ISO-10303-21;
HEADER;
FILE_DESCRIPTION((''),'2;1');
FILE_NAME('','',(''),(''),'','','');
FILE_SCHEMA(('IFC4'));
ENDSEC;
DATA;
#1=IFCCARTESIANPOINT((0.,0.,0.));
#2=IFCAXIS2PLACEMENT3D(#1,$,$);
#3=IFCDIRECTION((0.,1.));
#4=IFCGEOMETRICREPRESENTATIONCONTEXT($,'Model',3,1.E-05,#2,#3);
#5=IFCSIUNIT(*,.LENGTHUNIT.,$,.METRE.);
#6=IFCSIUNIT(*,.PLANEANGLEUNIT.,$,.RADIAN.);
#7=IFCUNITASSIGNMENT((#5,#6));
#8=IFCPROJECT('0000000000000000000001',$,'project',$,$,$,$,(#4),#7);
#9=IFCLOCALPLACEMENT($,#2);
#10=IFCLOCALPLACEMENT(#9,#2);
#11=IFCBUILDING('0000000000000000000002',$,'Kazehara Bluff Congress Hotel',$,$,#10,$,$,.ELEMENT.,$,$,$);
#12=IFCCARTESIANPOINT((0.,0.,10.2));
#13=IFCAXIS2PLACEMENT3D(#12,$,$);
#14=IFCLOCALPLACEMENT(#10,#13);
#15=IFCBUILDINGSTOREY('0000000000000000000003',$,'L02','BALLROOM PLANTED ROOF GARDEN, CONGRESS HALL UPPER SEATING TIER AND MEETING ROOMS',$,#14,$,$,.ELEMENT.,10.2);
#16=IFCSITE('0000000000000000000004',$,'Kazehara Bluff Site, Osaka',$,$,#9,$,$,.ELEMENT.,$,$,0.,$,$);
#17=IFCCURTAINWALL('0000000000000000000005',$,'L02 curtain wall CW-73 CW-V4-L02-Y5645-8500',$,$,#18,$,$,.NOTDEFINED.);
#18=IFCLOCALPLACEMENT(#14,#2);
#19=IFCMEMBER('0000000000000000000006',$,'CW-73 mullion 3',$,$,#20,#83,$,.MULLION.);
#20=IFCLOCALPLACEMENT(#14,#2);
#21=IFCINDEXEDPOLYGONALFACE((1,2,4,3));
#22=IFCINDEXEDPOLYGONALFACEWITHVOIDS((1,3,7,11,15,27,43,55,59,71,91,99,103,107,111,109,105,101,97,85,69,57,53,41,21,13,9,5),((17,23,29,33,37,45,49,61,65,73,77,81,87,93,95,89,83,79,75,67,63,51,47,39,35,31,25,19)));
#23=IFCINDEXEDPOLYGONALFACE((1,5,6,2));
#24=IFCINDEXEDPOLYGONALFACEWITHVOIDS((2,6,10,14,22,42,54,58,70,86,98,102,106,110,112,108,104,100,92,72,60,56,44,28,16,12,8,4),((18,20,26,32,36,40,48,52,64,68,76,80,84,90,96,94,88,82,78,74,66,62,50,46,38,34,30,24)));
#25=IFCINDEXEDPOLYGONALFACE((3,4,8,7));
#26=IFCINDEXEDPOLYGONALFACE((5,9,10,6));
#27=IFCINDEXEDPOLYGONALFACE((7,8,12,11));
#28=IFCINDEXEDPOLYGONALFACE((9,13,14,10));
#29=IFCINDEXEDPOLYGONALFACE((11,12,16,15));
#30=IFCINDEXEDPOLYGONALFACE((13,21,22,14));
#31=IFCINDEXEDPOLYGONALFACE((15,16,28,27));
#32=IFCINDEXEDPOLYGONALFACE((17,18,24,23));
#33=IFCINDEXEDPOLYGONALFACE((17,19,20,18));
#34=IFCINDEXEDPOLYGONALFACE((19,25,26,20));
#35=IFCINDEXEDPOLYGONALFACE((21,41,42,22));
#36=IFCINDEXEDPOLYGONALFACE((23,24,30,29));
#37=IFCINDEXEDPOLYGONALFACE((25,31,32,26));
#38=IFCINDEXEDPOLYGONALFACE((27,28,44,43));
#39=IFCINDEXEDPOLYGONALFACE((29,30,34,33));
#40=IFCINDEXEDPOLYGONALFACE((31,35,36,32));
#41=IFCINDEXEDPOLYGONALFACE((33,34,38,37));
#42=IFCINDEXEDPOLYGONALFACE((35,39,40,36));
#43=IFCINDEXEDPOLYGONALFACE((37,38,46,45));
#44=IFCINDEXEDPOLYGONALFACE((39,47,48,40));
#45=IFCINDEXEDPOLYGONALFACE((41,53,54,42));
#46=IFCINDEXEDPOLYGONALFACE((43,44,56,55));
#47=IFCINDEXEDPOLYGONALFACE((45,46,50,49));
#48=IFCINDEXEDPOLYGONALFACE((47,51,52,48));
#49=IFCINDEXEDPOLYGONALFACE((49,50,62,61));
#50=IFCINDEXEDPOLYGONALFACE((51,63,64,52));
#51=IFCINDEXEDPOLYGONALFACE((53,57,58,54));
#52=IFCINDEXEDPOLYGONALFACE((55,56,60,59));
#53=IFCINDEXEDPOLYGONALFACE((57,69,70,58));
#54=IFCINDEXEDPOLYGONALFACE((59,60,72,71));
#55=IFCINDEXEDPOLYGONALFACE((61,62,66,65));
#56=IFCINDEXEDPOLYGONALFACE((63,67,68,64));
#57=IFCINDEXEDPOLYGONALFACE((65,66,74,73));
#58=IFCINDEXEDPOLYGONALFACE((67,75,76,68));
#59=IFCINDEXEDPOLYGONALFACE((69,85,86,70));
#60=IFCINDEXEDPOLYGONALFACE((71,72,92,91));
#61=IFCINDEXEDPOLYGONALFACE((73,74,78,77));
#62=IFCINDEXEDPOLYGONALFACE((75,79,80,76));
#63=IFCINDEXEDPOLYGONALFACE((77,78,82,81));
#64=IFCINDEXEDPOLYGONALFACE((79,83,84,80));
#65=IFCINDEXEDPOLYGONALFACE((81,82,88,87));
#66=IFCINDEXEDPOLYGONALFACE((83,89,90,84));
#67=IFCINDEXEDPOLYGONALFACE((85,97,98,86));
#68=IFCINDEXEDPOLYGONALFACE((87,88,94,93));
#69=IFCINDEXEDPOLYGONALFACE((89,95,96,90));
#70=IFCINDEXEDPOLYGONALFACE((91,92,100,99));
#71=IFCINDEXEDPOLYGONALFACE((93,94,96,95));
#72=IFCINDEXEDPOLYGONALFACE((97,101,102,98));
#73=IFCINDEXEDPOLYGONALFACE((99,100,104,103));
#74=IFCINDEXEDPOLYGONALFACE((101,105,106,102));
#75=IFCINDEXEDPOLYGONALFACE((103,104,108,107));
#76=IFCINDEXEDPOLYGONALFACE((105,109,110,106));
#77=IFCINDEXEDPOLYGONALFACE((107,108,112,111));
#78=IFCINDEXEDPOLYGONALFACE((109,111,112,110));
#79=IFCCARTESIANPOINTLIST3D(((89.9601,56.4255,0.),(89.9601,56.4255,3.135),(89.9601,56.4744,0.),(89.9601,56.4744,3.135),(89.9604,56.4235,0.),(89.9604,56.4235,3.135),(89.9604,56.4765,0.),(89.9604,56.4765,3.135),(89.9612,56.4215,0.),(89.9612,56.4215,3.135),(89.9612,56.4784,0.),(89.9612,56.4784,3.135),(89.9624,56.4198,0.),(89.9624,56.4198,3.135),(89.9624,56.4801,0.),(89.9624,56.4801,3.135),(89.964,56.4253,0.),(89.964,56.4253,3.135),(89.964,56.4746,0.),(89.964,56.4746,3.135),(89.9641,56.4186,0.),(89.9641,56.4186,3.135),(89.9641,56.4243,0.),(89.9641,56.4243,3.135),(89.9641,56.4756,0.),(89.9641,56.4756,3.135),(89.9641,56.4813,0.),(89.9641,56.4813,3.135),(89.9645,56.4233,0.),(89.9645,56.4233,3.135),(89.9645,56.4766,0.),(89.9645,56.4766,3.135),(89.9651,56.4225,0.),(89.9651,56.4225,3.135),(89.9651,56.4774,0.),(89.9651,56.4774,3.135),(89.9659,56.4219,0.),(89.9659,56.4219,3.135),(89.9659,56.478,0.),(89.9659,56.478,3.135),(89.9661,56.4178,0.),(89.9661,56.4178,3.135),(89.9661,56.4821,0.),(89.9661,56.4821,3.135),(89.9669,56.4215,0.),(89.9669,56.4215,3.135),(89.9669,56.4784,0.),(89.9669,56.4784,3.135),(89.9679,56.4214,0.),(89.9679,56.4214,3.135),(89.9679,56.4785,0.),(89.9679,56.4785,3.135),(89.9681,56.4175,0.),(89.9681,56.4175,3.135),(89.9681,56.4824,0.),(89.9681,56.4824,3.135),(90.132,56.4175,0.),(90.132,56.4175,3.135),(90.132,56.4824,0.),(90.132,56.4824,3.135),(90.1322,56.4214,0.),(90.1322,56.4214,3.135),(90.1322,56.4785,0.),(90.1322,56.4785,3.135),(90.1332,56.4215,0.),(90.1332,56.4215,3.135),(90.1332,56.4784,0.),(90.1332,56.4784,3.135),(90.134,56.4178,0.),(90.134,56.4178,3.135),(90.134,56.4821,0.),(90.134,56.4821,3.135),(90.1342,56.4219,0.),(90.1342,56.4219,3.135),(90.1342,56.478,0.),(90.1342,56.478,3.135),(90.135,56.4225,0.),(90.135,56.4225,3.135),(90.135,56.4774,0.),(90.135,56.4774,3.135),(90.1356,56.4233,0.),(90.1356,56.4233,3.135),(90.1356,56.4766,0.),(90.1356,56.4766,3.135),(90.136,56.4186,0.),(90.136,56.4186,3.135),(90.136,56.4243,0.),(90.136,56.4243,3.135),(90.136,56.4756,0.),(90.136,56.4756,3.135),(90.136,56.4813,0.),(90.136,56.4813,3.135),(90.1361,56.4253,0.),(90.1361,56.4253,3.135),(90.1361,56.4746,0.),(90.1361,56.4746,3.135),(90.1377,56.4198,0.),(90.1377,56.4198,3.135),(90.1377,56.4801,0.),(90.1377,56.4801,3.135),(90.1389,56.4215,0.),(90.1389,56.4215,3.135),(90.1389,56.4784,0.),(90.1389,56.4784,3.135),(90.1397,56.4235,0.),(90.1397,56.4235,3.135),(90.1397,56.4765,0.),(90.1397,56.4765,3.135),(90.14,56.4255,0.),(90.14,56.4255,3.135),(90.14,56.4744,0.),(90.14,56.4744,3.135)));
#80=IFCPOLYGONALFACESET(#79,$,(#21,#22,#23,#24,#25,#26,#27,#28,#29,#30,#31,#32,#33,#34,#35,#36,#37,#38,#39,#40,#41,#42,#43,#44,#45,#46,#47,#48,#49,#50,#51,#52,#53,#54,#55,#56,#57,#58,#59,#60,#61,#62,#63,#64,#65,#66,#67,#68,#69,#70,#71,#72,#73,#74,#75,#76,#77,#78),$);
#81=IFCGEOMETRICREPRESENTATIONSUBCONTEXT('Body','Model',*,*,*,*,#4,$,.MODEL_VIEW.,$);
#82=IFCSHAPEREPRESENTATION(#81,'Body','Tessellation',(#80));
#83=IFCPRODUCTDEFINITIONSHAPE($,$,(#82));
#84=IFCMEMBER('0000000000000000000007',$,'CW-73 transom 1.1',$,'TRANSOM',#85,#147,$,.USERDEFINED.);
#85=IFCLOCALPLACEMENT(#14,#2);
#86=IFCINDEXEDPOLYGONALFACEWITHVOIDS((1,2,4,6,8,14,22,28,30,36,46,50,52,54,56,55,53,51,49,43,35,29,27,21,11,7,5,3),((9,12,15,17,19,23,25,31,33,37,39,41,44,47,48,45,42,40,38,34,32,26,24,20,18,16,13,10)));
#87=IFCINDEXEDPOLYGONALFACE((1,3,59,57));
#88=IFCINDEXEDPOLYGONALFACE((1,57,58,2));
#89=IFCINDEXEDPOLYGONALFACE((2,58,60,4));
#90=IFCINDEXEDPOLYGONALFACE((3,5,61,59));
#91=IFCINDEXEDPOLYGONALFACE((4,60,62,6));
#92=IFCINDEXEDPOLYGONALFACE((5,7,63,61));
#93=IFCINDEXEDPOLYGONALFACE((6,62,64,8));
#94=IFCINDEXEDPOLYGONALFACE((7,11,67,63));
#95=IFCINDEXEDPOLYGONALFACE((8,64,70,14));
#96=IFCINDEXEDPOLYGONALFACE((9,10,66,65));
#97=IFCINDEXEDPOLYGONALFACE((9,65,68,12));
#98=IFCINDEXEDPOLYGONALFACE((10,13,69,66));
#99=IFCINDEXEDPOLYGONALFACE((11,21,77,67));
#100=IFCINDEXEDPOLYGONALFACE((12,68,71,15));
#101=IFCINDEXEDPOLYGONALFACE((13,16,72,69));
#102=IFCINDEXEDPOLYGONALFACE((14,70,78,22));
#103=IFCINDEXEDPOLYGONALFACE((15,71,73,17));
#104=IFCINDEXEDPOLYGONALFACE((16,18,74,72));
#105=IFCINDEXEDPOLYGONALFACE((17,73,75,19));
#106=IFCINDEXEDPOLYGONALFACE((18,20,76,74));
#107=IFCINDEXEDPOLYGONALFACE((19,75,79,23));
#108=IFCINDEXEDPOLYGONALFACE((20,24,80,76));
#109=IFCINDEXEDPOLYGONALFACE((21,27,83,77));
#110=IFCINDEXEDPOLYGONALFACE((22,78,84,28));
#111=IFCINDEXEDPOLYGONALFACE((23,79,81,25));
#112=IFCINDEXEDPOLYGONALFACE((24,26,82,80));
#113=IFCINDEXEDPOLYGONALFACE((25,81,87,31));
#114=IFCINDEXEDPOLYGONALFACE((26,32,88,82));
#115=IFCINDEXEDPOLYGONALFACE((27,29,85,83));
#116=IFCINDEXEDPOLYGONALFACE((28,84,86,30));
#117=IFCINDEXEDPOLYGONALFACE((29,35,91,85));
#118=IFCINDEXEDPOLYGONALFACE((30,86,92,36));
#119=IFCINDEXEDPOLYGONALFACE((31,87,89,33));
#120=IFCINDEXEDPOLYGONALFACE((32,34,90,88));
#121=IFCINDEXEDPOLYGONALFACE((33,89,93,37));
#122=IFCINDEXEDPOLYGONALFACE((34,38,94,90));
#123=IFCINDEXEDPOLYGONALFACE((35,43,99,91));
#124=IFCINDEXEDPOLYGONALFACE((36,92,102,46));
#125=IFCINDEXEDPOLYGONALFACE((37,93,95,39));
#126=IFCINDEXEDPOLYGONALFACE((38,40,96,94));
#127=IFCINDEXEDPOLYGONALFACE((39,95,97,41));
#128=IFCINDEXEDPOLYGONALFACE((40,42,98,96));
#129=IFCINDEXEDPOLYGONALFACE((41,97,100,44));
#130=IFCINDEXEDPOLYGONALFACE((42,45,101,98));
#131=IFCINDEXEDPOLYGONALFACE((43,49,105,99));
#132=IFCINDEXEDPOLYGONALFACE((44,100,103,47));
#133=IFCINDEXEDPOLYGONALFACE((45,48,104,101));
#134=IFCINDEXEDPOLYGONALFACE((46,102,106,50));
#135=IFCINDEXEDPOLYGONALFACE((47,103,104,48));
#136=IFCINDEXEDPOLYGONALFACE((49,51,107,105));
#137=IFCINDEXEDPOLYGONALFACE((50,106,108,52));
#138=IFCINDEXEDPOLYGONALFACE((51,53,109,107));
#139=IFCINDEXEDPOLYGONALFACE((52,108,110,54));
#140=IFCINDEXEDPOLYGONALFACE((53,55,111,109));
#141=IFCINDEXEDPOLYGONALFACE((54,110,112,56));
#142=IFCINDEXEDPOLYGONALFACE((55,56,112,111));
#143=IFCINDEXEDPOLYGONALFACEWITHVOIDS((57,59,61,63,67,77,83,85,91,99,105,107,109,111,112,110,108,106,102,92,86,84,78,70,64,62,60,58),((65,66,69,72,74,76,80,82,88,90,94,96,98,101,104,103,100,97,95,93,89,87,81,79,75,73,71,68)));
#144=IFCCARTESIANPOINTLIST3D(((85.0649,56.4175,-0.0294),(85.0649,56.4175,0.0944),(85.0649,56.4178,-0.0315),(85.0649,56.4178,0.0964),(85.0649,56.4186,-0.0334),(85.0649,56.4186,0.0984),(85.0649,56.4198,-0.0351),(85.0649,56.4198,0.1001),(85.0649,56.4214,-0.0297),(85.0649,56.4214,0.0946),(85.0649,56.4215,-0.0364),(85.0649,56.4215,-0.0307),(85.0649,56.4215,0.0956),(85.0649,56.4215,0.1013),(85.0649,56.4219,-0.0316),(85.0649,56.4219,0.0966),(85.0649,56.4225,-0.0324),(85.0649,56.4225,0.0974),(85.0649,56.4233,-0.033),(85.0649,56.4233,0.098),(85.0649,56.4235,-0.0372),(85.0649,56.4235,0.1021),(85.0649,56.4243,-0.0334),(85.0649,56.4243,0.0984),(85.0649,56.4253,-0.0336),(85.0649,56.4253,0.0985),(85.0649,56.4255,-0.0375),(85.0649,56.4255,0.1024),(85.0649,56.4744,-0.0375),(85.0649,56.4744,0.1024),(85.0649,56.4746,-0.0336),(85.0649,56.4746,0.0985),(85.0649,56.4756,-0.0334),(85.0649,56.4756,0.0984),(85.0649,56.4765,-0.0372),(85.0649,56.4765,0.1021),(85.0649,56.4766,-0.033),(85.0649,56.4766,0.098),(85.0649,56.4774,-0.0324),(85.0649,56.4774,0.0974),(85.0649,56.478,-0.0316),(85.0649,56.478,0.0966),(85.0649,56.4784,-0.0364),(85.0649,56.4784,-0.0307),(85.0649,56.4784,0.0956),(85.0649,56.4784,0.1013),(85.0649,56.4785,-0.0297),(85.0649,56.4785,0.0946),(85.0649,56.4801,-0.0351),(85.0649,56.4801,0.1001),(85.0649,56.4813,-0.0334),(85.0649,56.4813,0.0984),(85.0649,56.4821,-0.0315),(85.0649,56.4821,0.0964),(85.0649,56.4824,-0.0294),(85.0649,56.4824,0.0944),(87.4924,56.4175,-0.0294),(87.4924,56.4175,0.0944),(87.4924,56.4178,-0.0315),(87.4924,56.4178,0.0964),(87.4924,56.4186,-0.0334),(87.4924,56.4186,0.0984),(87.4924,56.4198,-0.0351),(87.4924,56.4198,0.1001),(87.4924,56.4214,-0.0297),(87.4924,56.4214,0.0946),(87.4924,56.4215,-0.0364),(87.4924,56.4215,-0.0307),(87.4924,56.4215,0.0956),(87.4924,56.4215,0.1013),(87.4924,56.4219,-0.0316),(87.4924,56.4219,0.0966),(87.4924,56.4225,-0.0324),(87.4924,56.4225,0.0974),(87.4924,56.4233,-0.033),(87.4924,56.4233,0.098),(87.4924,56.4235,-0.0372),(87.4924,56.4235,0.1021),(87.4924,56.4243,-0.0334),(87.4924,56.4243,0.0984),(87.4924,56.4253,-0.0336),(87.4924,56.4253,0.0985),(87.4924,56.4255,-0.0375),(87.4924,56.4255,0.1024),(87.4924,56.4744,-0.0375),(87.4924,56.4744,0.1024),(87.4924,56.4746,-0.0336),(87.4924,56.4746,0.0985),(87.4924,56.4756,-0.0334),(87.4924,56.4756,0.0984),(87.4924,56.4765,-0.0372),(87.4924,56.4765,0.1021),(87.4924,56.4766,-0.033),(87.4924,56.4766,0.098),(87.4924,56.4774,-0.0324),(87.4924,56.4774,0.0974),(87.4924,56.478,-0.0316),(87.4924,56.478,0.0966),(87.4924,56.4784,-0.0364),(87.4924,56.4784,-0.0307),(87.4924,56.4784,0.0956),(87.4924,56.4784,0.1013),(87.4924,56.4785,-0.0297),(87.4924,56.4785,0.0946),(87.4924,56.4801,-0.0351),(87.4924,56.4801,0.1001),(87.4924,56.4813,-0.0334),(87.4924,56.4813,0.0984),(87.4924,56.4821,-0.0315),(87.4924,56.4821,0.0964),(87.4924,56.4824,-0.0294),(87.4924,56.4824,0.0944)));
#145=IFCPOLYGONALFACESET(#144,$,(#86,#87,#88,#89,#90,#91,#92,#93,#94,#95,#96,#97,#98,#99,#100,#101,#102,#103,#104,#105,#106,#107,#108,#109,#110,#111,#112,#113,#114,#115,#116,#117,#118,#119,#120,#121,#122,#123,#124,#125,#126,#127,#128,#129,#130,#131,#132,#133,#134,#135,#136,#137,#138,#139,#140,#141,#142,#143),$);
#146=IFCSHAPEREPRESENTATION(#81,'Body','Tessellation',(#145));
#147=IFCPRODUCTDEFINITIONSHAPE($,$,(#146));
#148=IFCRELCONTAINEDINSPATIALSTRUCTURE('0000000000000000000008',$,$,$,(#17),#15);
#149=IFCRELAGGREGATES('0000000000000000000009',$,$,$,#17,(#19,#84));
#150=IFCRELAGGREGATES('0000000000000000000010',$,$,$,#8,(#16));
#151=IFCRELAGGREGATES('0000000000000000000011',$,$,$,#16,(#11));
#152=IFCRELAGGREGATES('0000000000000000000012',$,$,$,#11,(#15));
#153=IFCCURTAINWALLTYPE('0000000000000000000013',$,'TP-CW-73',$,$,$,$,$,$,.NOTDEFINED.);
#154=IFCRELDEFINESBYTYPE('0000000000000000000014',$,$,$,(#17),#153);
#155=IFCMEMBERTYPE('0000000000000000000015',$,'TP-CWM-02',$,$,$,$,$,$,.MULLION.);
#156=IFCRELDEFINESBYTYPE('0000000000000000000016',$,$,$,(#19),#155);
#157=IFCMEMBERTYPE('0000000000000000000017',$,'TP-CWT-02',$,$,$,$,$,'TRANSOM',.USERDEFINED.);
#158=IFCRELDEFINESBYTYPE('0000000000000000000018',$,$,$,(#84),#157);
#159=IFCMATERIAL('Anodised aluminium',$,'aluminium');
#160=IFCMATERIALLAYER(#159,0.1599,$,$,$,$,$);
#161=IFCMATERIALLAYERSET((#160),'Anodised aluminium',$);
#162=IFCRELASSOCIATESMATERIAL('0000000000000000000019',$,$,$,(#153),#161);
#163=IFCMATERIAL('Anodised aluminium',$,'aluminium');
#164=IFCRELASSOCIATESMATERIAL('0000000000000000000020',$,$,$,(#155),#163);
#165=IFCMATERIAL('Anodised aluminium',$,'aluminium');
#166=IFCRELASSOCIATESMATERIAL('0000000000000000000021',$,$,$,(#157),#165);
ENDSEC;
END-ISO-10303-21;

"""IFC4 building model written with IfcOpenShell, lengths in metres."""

from ifc_helpers import new_model, si_unit, direction, frame, origin, origin_2d, place, context, subcontext, project, spatial, hollow_rectangle, extrude, material, layer, layer_set, material_profile, profile_set, type_object, element, aggregate, save


model = new_model("IFC4")

# Units and contexts
model_context = context("Model", 3, precision=1e-05, world=origin(), true_north=direction((0.0, 1.0)))
body_context = subcontext(model_context, "Body", "Model", "MODEL_VIEW")
ifc_project = project(units=[si_unit("LENGTHUNIT", "METRE"), si_unit("PLANEANGLEUNIT", "RADIAN")], contexts=[model_context])

# Site, building, storey
site_placement = place(None, origin())
site = spatial("IfcSite", under=ifc_project, at=site_placement, Name="Kazehara Bluff Site, Osaka", CompositionType="ELEMENT", RefElevation=0.0)
building_placement = place(site_placement, origin())
building = spatial("IfcBuilding", under=site, at=building_placement, Name="Kazehara Bluff Congress Hotel", CompositionType="ELEMENT")
storey_placement = place(building_placement, frame((0.0, 0.0, 10.2)))
storey = spatial("IfcBuildingStorey", under=building, at=storey_placement, Name="L02", Description="BALLROOM PLANTED ROOF GARDEN, CONGRESS HALL UPPER SEATING TIER AND MEETING ROOMS", CompositionType="ELEMENT", Elevation=10.2)

# Curtain wall, members
ifc_material_1 = material(Name="Anodised aluminium", Category="aluminium")
ifc_layer_1 = layer(ifc_material_1, 0.1599)
ifc_layer_set_1 = layer_set([ifc_layer_1], Name="Anodised aluminium")
curtain_wall_type = type_object("IfcCurtainWallType", Name="TP-CW-73", PredefinedType="NOTDEFINED", material=ifc_layer_set_1)
curtain_wall_placement = place(storey_placement, origin())
curtain_wall = element("IfcCurtainWall", 1, at=curtain_wall_placement, inside=storey, type_object=curtain_wall_type, Name="L02 curtain wall CW-73 CW-V4-L02-Y5645-8500", PredefinedType="NOTDEFINED")
ifc_material_2 = material(Name="Anodised aluminium", Category="aluminium")
ifc_material_profile_1 = material_profile(ifc_material_2, hollow_rectangle(XDim=0.0649, YDim=0.1799, WallThickness=0.0039, InnerFilletRadius=0.0039, OuterFilletRadius=0.0081, at=origin_2d()))
ifc_profile_set_1 = profile_set([ifc_material_profile_1], Name="Anodised aluminium")
member_type_1 = type_object("IfcMemberType", Name="TP-CWM-02", PredefinedType="MULLION", material=ifc_profile_set_1)
member_1_placement = place(storey_placement, frame((90.05, 56.45, 0.0), z_axis=(0.0, 0.0, 1.0), x_axis=(0.0, 1.0, 0.0)))
member_1 = element("IfcMember", 2, at=member_1_placement, type_object=member_type_1, Name="CW-73 mullion 3", PredefinedType="MULLION", context=body_context, shape_type="SweptSolid", body=[
    extrude(hollow_rectangle(XDim=0.0649, YDim=0.1799, WallThickness=0.0039, InnerFilletRadius=0.0039, OuterFilletRadius=0.0081, at=origin_2d()), origin(), (0.0, 0.0, 1.0), 3.135),
])
ifc_material_3 = material(Name="Anodised aluminium", Category="aluminium")
ifc_material_profile_2 = material_profile(ifc_material_3, hollow_rectangle(XDim=0.0649, YDim=0.1399, WallThickness=0.0039, InnerFilletRadius=0.0039, OuterFilletRadius=0.0081, at=origin_2d()))
ifc_profile_set_2 = profile_set([ifc_material_profile_2], Name="Anodised aluminium")
member_type_2 = type_object("IfcMemberType", Name="TP-CWT-02", ElementType="TRANSOM", PredefinedType="USERDEFINED", material=ifc_profile_set_2)
member_2_placement = place(storey_placement, frame((85.0649, 56.45, 0.0325), z_axis=(1.0, 0.0, 0.0), x_axis=(0.0, 1.0, 0.0)))
member_2 = element("IfcMember", 3, at=member_2_placement, type_object=member_type_2, Name="CW-73 transom 1.1", ObjectType="TRANSOM", PredefinedType="USERDEFINED", context=body_context, shape_type="SweptSolid", body=[
    extrude(hollow_rectangle(XDim=0.0649, YDim=0.1399, WallThickness=0.0039, InnerFilletRadius=0.0039, OuterFilletRadius=0.0081, at=origin_2d()), origin(), (0.0, 0.0, 1.0), 2.4275),
])
aggregate(curtain_wall, [member_1, member_2])

save(model, "model.ifc")
